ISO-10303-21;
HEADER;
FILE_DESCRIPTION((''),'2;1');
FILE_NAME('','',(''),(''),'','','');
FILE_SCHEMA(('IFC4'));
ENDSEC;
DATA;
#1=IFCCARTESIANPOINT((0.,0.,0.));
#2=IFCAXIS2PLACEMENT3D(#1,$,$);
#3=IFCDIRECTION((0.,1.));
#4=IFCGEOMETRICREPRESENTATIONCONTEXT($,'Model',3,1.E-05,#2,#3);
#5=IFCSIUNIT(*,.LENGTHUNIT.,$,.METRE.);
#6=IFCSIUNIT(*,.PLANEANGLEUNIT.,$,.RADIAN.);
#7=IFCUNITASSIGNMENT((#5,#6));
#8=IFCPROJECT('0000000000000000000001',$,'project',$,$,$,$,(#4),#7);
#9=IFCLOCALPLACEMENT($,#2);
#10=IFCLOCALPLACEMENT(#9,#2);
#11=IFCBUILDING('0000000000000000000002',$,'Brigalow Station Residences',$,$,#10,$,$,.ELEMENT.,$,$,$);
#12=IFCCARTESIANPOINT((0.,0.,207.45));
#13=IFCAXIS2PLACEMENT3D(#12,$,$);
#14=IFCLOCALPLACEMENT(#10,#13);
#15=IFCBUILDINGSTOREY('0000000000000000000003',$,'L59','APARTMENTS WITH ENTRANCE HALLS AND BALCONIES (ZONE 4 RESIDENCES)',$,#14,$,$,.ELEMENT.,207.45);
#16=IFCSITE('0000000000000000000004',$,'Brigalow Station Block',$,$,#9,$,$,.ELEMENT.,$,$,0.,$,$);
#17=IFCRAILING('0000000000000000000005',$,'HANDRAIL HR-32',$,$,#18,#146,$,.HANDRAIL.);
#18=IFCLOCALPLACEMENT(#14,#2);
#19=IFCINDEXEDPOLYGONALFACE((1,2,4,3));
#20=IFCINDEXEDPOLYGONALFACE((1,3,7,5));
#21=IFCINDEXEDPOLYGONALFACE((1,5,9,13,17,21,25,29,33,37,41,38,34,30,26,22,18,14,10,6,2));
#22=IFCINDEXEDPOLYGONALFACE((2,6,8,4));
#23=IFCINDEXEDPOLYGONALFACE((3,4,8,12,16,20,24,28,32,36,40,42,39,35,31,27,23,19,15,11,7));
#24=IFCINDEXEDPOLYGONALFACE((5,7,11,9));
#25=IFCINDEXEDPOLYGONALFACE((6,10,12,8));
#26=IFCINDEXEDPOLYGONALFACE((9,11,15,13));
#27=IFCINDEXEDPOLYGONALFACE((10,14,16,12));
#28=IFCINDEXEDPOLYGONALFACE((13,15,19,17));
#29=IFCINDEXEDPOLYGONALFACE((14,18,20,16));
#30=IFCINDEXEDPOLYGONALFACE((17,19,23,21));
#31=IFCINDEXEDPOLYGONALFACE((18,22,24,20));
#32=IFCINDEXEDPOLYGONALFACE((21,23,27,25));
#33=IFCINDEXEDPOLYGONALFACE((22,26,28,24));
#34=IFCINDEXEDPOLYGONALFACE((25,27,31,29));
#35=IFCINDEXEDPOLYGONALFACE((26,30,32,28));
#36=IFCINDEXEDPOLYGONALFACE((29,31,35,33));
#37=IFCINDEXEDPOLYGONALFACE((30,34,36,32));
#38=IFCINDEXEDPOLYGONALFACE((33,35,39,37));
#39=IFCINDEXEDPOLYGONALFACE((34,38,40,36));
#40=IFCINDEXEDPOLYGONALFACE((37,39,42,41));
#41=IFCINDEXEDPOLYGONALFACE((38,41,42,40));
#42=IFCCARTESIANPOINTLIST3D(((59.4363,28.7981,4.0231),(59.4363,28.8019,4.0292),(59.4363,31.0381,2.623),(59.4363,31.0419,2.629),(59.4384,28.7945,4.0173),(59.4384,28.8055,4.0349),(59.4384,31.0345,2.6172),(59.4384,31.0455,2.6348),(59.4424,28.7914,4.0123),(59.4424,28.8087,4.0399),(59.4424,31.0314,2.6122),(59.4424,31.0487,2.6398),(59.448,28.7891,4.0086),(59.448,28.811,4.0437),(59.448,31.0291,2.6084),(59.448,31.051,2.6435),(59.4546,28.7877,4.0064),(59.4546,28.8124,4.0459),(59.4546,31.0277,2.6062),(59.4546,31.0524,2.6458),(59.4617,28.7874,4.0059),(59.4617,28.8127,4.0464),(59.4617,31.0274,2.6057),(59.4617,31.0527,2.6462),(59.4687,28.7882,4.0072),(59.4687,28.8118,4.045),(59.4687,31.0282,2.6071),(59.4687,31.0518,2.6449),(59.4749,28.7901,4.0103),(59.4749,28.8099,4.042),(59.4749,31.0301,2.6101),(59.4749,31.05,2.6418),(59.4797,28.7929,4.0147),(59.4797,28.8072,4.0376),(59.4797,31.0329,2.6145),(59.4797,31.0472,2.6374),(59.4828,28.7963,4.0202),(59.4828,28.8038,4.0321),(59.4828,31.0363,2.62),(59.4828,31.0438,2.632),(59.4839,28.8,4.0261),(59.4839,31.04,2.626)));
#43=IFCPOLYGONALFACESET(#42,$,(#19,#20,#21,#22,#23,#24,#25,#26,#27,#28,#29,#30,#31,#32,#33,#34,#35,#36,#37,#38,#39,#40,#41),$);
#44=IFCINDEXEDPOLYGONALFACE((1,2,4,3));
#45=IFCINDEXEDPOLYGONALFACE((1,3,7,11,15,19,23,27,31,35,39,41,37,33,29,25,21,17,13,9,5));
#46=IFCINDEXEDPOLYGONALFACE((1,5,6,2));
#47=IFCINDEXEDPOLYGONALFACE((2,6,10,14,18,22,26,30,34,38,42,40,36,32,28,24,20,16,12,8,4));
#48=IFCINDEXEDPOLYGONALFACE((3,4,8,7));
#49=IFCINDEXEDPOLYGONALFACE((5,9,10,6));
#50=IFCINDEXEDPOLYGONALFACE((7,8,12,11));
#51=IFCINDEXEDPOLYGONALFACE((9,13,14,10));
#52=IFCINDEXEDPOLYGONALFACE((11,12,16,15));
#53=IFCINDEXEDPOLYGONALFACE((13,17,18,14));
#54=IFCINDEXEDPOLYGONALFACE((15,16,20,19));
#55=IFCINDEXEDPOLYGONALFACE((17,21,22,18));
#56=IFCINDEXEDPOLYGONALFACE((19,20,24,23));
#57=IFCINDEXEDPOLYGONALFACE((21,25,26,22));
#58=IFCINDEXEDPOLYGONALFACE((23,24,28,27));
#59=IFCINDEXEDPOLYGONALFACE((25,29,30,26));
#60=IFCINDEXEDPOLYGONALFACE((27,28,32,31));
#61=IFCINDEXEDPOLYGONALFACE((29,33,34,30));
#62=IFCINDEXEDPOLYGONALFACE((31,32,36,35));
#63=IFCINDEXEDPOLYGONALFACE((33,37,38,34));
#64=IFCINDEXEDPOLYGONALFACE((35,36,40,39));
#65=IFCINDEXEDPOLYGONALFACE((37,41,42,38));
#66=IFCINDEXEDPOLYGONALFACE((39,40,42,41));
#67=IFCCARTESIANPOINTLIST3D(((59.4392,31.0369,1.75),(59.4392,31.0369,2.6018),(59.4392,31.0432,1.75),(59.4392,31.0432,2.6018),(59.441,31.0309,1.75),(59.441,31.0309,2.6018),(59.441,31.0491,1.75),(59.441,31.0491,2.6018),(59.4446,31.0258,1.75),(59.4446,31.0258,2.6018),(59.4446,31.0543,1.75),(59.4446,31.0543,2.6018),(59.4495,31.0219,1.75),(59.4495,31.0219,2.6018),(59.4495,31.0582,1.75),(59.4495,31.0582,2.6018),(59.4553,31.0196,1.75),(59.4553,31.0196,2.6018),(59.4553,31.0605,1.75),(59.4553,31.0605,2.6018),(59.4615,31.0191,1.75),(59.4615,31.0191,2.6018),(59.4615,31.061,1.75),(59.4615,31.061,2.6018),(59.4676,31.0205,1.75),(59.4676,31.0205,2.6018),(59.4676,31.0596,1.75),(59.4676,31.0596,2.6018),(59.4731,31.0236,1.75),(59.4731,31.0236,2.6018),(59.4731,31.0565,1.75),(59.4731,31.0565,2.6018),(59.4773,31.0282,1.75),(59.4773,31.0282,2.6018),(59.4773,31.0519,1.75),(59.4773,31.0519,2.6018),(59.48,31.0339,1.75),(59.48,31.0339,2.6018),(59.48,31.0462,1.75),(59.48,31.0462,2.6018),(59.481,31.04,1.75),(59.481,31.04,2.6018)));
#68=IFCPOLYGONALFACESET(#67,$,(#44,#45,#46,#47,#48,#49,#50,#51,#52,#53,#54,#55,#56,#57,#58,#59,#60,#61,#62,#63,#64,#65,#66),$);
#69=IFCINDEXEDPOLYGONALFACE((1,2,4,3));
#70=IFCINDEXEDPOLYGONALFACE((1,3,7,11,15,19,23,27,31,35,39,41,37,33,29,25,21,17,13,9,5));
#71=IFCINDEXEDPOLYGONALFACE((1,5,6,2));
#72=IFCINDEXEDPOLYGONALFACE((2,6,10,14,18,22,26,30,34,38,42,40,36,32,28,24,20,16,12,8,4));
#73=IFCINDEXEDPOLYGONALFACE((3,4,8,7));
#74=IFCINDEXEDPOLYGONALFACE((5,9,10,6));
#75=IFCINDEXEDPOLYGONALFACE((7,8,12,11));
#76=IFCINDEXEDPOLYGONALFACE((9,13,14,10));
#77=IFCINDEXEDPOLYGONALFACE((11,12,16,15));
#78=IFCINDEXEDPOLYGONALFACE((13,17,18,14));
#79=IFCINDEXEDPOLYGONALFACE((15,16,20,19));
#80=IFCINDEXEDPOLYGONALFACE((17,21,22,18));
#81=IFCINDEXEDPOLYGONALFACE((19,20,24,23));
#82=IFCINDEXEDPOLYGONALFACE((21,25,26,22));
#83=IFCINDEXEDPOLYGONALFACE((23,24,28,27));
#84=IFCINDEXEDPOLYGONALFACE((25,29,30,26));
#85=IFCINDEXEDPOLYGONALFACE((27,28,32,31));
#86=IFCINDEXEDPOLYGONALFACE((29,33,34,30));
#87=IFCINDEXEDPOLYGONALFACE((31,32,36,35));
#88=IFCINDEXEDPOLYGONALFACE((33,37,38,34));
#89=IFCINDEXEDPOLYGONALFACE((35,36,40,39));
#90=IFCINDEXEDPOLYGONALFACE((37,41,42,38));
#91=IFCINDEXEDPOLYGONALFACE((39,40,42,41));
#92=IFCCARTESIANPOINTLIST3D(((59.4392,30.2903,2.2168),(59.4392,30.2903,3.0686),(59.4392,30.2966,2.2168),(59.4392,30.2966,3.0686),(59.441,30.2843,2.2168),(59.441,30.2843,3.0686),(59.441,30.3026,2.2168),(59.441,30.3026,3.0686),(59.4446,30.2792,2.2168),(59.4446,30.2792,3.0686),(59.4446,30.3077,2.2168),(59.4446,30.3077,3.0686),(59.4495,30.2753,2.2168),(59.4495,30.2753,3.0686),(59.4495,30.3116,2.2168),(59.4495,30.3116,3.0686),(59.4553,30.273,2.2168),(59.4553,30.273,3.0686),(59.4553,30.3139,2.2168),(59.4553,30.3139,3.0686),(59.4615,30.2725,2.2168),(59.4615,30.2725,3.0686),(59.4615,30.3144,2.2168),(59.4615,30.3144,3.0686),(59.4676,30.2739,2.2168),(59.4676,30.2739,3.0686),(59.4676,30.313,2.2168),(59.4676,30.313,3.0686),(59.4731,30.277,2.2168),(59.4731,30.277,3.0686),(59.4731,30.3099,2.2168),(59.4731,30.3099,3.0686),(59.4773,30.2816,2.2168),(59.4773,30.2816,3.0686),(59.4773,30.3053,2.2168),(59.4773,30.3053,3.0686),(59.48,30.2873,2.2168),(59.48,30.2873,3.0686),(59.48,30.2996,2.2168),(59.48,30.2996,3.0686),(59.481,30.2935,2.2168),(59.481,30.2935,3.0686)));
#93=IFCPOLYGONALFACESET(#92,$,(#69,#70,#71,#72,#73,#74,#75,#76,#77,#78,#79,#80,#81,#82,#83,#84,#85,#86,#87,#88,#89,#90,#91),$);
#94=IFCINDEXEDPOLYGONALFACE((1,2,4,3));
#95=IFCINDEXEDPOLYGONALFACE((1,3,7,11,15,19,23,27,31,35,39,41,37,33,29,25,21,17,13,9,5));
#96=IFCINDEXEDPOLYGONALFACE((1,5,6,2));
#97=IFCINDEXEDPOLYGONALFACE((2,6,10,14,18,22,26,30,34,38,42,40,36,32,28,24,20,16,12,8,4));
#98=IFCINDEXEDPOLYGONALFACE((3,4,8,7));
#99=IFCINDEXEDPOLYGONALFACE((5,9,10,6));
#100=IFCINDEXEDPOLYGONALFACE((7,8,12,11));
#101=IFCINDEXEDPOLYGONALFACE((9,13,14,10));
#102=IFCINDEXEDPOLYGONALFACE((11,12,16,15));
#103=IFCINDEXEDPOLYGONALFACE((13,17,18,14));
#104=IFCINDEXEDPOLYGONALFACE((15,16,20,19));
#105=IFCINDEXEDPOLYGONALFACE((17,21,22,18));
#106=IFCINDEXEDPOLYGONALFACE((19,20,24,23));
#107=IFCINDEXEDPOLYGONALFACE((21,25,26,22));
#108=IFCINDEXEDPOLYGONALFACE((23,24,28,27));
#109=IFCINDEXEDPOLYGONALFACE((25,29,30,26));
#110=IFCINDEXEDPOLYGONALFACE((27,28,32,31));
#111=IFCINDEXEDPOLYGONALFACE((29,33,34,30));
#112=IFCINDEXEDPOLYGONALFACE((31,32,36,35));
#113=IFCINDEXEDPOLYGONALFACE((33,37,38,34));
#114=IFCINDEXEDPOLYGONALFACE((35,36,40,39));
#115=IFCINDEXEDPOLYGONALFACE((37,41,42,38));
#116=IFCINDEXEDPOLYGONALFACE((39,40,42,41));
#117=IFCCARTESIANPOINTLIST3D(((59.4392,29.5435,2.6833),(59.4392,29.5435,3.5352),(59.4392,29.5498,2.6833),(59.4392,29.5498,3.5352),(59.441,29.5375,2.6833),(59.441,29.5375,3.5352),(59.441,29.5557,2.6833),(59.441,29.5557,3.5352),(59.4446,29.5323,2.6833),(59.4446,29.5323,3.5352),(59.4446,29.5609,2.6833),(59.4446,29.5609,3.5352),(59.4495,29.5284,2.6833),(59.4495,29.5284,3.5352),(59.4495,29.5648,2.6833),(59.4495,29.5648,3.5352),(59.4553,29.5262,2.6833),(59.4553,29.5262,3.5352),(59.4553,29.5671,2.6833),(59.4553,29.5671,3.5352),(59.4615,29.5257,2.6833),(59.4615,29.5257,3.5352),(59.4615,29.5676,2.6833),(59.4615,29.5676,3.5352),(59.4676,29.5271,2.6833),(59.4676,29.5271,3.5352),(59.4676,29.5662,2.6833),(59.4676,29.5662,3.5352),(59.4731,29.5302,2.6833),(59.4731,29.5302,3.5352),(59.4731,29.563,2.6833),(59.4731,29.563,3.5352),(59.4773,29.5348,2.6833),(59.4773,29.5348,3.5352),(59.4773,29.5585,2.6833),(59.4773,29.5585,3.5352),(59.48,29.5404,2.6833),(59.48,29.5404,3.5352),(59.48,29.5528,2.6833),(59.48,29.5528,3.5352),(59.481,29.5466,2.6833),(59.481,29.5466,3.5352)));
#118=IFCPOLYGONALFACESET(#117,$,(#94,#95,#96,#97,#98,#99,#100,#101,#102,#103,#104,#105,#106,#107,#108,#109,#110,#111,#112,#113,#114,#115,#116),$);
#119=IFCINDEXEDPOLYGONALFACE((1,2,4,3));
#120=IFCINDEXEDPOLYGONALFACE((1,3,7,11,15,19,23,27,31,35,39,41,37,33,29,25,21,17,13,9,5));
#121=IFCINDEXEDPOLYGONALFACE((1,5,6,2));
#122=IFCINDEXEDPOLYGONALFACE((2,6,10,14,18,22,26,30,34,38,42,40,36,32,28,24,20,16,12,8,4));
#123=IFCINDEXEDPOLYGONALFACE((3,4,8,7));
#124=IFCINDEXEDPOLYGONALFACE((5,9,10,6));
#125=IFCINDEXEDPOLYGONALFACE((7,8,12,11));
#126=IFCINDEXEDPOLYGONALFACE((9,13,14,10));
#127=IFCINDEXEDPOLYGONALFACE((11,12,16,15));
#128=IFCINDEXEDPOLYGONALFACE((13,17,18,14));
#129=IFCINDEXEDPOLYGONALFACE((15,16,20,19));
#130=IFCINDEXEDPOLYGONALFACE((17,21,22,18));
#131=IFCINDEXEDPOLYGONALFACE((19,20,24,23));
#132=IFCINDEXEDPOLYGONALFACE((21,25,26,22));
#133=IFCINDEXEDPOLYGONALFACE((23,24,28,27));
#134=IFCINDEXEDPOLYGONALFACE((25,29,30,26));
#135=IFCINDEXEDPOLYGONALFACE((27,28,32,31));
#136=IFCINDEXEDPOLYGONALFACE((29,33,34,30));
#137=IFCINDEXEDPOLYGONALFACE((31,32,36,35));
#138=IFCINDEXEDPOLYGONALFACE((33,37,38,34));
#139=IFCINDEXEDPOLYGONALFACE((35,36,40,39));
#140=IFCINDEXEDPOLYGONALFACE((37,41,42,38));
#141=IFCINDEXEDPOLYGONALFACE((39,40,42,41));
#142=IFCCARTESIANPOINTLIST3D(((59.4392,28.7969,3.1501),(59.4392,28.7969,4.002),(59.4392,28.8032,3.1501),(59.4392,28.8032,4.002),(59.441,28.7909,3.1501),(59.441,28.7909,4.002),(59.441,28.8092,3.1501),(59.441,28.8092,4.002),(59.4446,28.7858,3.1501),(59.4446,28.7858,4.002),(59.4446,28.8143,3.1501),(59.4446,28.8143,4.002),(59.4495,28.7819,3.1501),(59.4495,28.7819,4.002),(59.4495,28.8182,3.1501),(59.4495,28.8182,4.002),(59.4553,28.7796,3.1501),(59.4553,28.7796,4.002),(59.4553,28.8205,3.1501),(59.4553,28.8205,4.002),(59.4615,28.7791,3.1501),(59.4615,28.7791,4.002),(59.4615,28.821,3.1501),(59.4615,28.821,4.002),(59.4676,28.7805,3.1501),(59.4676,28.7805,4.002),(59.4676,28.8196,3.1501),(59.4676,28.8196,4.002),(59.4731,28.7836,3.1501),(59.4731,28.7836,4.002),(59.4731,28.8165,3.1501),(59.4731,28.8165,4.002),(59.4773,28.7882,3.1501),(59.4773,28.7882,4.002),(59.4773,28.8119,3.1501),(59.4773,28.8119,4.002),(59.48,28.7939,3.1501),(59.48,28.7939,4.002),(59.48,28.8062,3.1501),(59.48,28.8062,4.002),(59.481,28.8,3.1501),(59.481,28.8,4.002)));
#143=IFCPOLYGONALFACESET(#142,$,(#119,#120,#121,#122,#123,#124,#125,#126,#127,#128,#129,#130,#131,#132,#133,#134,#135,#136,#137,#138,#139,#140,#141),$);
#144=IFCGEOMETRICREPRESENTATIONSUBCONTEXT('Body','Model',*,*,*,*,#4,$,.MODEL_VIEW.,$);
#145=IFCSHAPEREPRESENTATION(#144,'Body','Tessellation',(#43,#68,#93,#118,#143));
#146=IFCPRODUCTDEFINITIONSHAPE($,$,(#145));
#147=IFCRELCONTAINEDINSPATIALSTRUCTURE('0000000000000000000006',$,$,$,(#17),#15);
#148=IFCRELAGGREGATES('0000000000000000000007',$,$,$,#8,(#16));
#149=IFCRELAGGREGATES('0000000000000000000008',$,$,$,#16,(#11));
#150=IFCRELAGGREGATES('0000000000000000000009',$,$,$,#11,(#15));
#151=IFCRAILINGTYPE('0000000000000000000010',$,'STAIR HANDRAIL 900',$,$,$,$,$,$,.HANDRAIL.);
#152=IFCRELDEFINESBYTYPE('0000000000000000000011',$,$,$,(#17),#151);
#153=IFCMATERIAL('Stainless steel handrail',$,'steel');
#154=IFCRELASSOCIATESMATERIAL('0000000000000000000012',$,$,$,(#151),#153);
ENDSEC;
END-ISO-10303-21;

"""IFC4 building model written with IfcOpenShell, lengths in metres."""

from ifc_helpers import new_model, si_unit, direction, frame, origin, origin_2d, place, context, subcontext, project, spatial, circle, extrude, material, type_object, element, save


model = new_model("IFC4")

# Units and contexts
model_context = context("Model", 3, precision=1e-05, world=origin(), true_north=direction((0.0, 1.0)))
body_context = subcontext(model_context, "Body", "Model", "MODEL_VIEW")
ifc_project = project(units=[si_unit("LENGTHUNIT", "METRE"), si_unit("PLANEANGLEUNIT", "RADIAN")], contexts=[model_context])

# Site, building, storey
site_placement = place(None, origin())
site = spatial("IfcSite", under=ifc_project, at=site_placement, Name="Brigalow Station Block", CompositionType="ELEMENT", RefElevation=0.0)
building_placement = place(site_placement, origin())
building = spatial("IfcBuilding", under=site, at=building_placement, Name="Brigalow Station Residences", CompositionType="ELEMENT")
storey_placement = place(building_placement, frame((0.0, 0.0, 207.45)))
storey = spatial("IfcBuildingStorey", under=building, at=storey_placement, Name="L59", Description="APARTMENTS WITH ENTRANCE HALLS AND BALCONIES (ZONE 4 RESIDENCES)", CompositionType="ELEMENT", Elevation=207.45)

# Railing
ifc_material_1 = material(Name="Stainless steel handrail", Category="steel")
railing_type_1 = type_object("IfcRailingType", Name="STAIR HANDRAIL 900", PredefinedType="HANDRAIL", material=ifc_material_1)
railing_1_placement = place(storey_placement, frame((59.46, 31.04, 1.75)))
element("IfcRailing", 1, at=railing_1_placement, inside=storey, type_object=railing_type_1, Name="HANDRAIL HR-32", PredefinedType="HANDRAIL", context=body_context, shape_type="SweptSolid", body=[
    extrude(circle(Radius=0.0239, at=origin_2d()), frame((0.0, 0.0, 0.876), z_axis=(0.0, -0.847972, 0.53004), x_axis=(1.0, 0.0, 0.0)), (0.0, 0.0, 1.0), 2.6416),
    extrude(circle(Radius=0.021, at=origin_2d()), origin(), (0.0, 0.0, 1.0), 0.8518),
    extrude(circle(Radius=0.021, at=origin_2d()), frame((0.0, -0.7466, 0.4668)), (0.0, 0.0, 1.0), 0.8518),
    extrude(circle(Radius=0.021, at=origin_2d()), frame((0.0, -1.4934, 0.9333)), (0.0, 0.0, 1.0), 0.8518),
    extrude(circle(Radius=0.021, at=origin_2d()), frame((0.0, -2.24, 1.4001)), (0.0, 0.0, 1.0), 0.8518),
])

save(model, "model.ifc")
